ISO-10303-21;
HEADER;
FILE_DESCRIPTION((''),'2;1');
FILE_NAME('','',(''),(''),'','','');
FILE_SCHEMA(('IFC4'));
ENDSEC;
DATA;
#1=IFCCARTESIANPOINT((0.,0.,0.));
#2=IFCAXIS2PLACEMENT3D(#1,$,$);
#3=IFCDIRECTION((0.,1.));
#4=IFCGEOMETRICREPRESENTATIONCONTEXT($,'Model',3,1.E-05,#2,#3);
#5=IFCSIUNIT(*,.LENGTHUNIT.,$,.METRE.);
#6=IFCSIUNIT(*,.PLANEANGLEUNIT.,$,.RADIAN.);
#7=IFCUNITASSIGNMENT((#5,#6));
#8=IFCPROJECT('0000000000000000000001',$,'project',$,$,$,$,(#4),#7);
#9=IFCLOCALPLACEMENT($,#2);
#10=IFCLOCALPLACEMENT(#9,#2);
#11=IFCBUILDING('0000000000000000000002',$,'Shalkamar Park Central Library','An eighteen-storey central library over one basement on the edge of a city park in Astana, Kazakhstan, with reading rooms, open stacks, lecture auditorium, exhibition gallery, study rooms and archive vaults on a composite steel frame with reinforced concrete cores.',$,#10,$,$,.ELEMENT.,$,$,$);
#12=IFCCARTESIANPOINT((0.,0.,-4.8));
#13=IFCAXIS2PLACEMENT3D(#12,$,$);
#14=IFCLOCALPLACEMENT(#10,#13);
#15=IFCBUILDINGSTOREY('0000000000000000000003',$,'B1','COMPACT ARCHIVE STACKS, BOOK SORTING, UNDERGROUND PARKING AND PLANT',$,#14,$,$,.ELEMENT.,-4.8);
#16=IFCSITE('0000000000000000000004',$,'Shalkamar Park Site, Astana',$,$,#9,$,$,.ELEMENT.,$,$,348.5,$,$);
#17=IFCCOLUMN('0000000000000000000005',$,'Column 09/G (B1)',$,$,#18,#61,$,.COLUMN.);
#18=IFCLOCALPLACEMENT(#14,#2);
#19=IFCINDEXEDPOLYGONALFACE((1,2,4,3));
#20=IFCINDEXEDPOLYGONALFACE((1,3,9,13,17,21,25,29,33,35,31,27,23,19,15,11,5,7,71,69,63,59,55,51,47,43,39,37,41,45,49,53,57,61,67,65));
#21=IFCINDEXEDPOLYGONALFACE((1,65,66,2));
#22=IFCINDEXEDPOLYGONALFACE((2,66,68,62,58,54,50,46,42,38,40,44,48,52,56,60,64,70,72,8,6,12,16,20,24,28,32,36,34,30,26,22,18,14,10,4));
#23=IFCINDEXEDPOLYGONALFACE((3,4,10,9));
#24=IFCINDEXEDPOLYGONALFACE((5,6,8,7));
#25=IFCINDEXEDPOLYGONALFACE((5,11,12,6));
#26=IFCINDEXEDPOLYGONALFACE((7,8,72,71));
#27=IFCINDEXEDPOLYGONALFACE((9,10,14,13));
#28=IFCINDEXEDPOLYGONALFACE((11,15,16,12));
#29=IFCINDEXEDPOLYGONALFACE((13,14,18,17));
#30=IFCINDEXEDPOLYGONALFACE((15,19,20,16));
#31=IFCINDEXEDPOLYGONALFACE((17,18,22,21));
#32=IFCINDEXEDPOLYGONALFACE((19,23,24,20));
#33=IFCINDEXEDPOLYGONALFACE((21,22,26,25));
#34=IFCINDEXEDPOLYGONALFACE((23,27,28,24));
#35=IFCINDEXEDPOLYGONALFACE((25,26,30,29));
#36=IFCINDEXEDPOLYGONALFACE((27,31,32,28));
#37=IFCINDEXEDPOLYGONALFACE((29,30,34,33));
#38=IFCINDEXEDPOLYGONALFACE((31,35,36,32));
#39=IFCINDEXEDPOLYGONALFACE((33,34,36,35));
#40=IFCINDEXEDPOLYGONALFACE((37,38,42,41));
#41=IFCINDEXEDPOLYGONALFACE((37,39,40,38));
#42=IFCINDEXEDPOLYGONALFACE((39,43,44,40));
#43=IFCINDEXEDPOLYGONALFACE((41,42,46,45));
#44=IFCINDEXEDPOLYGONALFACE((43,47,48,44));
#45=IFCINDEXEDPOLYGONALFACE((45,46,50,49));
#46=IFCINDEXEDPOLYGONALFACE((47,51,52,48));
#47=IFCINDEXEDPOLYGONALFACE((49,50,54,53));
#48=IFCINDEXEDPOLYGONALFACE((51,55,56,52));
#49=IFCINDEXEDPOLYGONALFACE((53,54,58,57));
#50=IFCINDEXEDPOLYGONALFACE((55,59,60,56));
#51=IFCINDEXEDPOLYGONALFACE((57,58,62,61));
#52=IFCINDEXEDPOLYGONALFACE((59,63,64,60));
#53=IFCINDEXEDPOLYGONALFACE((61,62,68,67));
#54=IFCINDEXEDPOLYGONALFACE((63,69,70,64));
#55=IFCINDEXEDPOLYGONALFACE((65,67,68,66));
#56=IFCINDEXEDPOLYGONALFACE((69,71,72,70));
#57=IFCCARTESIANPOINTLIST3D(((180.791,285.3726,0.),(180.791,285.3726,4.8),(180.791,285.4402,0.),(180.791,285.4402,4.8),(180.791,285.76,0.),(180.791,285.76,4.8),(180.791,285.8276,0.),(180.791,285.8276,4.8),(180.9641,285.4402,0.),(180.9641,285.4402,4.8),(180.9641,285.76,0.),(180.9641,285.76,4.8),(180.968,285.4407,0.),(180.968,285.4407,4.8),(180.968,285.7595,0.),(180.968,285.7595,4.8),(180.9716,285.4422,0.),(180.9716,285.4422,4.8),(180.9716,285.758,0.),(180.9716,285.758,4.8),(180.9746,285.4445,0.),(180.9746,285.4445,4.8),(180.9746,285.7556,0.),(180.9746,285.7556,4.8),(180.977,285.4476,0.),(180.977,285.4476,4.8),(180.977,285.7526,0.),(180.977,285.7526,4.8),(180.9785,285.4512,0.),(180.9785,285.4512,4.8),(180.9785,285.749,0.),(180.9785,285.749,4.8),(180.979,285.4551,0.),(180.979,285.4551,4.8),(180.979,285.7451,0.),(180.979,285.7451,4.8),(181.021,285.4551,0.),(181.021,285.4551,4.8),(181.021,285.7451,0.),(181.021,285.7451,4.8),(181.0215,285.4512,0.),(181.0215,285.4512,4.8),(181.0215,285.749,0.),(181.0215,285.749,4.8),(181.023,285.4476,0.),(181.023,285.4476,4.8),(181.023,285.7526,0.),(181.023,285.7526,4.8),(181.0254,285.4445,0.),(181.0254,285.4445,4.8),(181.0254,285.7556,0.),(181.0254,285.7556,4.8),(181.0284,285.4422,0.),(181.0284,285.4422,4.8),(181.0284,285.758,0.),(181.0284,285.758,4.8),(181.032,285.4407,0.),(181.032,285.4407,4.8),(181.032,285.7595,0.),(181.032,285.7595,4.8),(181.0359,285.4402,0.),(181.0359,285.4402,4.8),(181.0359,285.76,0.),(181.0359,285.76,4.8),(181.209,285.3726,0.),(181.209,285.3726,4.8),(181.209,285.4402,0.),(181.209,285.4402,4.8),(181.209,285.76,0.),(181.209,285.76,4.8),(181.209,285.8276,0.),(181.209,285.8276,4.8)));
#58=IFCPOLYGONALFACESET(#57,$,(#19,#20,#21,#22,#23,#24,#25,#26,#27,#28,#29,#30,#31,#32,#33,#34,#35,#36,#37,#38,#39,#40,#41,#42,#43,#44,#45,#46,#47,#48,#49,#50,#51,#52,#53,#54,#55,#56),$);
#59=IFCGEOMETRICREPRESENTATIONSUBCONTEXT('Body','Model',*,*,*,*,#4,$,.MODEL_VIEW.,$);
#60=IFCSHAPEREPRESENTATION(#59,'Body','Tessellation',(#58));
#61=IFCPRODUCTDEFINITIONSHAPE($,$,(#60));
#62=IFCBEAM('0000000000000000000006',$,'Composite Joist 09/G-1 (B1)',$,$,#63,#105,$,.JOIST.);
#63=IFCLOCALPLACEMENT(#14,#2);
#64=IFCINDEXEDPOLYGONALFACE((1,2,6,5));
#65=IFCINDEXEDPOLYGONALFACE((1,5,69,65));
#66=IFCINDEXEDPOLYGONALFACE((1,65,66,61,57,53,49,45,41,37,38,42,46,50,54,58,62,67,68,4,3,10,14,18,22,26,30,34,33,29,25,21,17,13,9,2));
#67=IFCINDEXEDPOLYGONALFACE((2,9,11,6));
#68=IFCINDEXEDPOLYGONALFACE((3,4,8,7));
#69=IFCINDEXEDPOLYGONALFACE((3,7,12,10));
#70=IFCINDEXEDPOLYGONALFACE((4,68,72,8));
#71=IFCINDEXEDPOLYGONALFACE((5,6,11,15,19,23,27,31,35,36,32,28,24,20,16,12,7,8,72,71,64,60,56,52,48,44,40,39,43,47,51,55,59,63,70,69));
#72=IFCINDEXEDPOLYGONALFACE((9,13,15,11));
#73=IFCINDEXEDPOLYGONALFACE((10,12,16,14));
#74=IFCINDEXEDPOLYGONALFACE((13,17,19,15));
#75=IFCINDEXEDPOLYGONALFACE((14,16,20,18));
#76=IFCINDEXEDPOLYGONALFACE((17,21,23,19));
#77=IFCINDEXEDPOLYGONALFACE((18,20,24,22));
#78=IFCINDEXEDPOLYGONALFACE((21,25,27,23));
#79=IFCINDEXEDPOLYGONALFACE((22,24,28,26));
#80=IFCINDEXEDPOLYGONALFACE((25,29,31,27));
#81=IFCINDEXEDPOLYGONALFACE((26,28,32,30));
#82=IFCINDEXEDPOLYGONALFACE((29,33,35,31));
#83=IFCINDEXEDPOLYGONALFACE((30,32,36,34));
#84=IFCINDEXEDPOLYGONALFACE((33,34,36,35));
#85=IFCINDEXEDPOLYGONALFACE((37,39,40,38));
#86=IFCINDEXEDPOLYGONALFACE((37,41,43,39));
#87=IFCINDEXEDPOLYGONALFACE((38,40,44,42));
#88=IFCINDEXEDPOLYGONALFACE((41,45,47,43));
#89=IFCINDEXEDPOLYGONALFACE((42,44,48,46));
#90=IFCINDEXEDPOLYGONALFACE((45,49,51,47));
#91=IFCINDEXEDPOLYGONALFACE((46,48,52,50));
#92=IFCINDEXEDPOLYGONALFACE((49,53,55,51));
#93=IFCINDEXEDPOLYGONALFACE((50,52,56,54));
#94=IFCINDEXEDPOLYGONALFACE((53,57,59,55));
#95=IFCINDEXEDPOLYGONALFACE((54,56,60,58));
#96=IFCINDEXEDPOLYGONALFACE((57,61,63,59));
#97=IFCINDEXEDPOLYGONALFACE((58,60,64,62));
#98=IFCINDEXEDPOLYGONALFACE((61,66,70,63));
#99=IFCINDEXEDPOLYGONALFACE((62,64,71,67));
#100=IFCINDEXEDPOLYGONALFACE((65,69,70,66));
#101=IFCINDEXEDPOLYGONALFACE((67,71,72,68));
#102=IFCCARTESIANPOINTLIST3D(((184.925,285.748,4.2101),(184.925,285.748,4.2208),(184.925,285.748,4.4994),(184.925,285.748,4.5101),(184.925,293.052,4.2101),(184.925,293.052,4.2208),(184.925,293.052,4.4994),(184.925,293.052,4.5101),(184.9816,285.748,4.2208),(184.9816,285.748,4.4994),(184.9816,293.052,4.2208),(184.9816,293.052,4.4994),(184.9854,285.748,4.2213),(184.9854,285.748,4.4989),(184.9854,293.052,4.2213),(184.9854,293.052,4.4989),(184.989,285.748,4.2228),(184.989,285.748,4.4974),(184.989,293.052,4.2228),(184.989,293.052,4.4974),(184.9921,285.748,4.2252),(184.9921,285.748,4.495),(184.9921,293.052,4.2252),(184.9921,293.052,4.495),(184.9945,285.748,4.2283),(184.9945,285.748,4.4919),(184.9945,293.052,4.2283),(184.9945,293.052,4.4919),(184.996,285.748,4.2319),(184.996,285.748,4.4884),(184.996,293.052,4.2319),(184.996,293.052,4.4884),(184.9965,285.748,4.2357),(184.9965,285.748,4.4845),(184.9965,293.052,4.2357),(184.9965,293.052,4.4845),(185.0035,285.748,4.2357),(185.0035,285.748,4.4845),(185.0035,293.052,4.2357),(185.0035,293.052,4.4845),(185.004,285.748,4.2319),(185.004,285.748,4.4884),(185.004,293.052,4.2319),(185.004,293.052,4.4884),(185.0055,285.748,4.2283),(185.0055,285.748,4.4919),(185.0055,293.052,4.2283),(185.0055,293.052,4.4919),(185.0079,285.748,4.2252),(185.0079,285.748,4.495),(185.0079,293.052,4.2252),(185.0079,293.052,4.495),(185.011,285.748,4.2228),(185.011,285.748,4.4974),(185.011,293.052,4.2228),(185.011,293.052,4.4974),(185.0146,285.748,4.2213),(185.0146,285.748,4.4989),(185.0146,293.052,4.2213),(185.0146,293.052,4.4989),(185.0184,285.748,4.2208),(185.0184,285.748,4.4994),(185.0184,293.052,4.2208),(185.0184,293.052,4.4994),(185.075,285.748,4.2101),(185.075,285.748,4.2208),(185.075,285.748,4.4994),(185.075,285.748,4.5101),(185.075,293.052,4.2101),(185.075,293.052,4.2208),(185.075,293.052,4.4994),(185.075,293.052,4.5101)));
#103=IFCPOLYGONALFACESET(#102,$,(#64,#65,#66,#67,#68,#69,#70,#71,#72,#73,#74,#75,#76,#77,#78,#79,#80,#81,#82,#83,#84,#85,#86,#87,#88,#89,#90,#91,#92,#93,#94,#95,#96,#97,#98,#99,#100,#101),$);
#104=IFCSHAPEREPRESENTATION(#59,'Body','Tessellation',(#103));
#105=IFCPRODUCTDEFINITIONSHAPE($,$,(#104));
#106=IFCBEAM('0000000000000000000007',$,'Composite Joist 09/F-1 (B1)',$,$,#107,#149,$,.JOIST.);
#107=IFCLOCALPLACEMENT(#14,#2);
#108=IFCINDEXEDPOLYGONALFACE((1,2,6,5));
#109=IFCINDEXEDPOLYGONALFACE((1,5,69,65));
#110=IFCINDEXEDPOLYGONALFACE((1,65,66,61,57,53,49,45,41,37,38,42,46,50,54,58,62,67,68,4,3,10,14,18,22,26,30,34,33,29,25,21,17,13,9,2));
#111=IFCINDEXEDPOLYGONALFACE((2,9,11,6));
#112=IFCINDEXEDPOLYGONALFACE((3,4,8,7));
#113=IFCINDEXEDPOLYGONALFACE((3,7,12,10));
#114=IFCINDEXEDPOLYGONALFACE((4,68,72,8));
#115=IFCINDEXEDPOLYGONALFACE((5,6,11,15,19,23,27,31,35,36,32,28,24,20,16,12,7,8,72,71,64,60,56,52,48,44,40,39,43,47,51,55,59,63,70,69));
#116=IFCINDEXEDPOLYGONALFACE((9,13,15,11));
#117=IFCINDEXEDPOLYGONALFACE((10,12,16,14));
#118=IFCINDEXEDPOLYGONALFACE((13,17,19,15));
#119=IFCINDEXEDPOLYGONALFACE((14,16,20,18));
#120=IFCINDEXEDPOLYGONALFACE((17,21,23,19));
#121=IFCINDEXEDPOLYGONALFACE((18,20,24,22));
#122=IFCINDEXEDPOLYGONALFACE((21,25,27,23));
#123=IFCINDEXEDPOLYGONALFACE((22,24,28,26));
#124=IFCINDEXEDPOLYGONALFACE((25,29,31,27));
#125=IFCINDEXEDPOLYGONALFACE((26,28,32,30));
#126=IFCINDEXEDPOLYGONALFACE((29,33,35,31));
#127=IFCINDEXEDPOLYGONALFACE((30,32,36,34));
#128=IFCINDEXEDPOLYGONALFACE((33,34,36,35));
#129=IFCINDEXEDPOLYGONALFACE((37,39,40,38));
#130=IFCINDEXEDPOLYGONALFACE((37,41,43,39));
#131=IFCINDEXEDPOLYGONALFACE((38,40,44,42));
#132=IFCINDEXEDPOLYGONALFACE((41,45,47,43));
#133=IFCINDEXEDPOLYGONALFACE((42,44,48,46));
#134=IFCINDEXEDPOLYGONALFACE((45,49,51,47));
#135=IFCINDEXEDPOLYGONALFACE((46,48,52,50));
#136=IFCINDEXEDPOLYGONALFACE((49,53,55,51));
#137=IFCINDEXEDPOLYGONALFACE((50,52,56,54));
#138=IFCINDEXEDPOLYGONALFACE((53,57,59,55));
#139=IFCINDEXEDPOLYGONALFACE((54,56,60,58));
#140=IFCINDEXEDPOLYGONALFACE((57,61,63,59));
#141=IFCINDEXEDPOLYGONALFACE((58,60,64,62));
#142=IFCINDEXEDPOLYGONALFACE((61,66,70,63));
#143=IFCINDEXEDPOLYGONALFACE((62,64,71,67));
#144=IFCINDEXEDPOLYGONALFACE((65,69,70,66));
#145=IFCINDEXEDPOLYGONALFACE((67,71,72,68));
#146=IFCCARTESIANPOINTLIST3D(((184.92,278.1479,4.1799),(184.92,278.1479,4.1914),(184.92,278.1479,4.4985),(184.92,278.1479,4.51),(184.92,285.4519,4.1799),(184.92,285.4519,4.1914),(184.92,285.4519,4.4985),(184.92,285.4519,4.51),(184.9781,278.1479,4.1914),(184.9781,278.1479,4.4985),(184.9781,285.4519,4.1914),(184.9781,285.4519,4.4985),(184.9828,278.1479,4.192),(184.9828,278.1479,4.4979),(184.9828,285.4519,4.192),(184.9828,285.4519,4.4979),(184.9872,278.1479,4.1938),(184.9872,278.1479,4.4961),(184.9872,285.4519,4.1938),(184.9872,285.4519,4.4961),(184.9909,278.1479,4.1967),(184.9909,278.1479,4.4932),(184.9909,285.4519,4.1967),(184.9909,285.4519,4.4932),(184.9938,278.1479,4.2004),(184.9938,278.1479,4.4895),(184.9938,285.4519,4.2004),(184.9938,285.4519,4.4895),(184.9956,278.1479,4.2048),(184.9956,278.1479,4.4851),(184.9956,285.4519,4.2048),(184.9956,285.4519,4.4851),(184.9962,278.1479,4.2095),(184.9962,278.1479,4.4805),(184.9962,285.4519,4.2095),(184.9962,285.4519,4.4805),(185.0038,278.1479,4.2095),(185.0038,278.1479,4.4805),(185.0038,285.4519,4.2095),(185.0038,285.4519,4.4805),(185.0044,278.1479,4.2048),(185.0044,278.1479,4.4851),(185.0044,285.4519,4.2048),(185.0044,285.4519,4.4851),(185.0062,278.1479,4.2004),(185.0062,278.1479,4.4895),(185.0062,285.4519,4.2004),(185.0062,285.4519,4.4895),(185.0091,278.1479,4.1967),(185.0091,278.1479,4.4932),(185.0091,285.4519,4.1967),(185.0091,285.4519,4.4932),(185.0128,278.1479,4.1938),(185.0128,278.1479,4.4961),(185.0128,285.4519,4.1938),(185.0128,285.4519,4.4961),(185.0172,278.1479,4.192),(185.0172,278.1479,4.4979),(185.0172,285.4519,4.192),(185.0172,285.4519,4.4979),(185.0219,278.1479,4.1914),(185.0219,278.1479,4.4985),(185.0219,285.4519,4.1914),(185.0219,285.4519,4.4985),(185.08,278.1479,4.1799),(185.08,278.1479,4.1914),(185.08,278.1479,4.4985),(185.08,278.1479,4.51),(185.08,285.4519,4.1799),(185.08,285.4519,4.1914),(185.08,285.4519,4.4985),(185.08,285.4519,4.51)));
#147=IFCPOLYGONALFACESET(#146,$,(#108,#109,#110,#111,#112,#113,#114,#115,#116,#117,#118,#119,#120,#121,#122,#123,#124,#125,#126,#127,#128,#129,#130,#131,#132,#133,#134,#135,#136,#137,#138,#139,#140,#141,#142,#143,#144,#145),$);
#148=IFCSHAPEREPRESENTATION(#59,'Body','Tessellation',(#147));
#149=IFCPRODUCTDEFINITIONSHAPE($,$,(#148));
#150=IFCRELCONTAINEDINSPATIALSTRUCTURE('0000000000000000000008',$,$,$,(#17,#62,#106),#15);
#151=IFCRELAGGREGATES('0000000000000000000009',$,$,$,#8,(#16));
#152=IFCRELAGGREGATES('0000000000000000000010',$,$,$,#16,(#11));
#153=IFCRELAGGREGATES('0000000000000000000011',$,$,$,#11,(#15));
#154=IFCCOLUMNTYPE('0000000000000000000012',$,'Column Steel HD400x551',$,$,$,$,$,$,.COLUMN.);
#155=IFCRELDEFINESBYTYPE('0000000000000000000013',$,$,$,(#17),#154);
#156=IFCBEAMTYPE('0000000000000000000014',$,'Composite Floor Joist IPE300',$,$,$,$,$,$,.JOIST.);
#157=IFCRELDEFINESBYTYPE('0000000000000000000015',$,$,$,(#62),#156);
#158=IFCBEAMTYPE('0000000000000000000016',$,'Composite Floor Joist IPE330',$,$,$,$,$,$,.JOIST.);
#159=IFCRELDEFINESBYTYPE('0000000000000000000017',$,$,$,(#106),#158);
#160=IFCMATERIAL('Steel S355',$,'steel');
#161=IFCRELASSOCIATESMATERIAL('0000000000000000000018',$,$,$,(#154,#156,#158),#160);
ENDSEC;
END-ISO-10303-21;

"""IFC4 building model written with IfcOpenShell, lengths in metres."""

from ifc_helpers import new_model, si_unit, direction, frame, origin, origin_2d, place, context, subcontext, project, spatial, i_section, extrude, material, material_profile, profile_set, type_object, element, save


model = new_model("IFC4")

# Units and contexts
model_context = context("Model", 3, precision=1e-05, world=origin(), true_north=direction((0.0, 1.0)))
body_context = subcontext(model_context, "Body", "Model", "MODEL_VIEW")
ifc_project = project(units=[si_unit("LENGTHUNIT", "METRE"), si_unit("PLANEANGLEUNIT", "RADIAN")], contexts=[model_context])

# Site, building, storey
site_placement = place(None, origin())
site = spatial("IfcSite", under=ifc_project, at=site_placement, Name="Shalkamar Park Site, Astana", CompositionType="ELEMENT", RefElevation=348.5)
building_placement = place(site_placement, origin())
building = spatial("IfcBuilding", under=site, at=building_placement, Name="Shalkamar Park Central Library", Description="An eighteen-storey central library over one basement on the edge of a city park in Astana, Kazakhstan, with reading rooms, open stacks, lecture auditorium, exhibition gallery, study rooms and archive vaults on a composite steel frame with reinforced concrete cores.", CompositionType="ELEMENT")
storey_placement = place(building_placement, frame((0.0, 0.0, -4.8)))
storey = spatial("IfcBuildingStorey", under=building, at=storey_placement, Name="B1", Description="COMPACT ARCHIVE STACKS, BOOK SORTING, UNDERGROUND PARKING AND PLANT", CompositionType="ELEMENT", Elevation=-4.8)

# Column
ifc_material_1 = material(Name="Steel S355", Category="steel")
ifc_material_profile_1 = material_profile(ifc_material_1, i_section(OverallWidth=0.418, OverallDepth=0.4551, WebThickness=0.042, FlangeThickness=0.0676, FilletRadius=0.0149, at=origin_2d()), Name="HD 400x551")
ifc_profile_set_1 = profile_set([ifc_material_profile_1], Name="Steel S355")
column_type_1 = type_object("IfcColumnType", Name="Column Steel HD400x551", PredefinedType="COLUMN", material=ifc_profile_set_1)
column_1_placement = place(storey_placement, frame((181.0, 285.6001, 0.0), z_axis=(0.0, 0.0, 1.0), x_axis=(1.0, 0.0, 0.0)))
element("IfcColumn", 1, at=column_1_placement, inside=storey, type_object=column_type_1, Name="Column 09/G (B1)", PredefinedType="COLUMN", context=body_context, shape_type="SweptSolid", body=[
    extrude(i_section(OverallWidth=0.418, OverallDepth=0.4551, WebThickness=0.042, FlangeThickness=0.0676, FilletRadius=0.0149, at=origin_2d()), origin(), (0.0, 0.0, 1.0), 4.8),
])

# Beams
ifc_material_profile_2 = material_profile(ifc_material_1, i_section(OverallWidth=0.1499, OverallDepth=0.3, WebThickness=0.0071, FlangeThickness=0.0107, FilletRadius=0.0149, at=origin_2d()), Name="IPE 300")
ifc_profile_set_2 = profile_set([ifc_material_profile_2], Name="Steel S355")
beam_type_1 = type_object("IfcBeamType", Name="Composite Floor Joist IPE300", PredefinedType="JOIST", material=ifc_profile_set_2)
beam_1_placement = place(storey_placement, frame((185.0, 285.748, 4.3601), z_axis=(0.0, 1.0, 0.0), x_axis=(-1.0, 0.0, 0.0)))
element("IfcBeam", 2, at=beam_1_placement, inside=storey, type_object=beam_type_1, Name="Composite Joist 09/G-1 (B1)", PredefinedType="JOIST", context=body_context, shape_type="SweptSolid", body=[
    extrude(i_section(OverallWidth=0.1499, OverallDepth=0.3, WebThickness=0.0071, FlangeThickness=0.0107, FilletRadius=0.0149, at=origin_2d()), origin(), (0.0, 0.0, 1.0), 7.304),
])
ifc_material_profile_3 = material_profile(ifc_material_1, i_section(OverallWidth=0.1599, OverallDepth=0.3301, WebThickness=0.0076, FlangeThickness=0.0115, FilletRadius=0.0181, at=origin_2d()), Name="IPE 330")
ifc_profile_set_3 = profile_set([ifc_material_profile_3], Name="Steel S355")
beam_type_2 = type_object("IfcBeamType", Name="Composite Floor Joist IPE330", PredefinedType="JOIST", material=ifc_profile_set_3)
beam_2_placement = place(storey_placement, frame((185.0, 278.1479, 4.345), z_axis=(0.0, 1.0, 0.0), x_axis=(-1.0, 0.0, 0.0)))
element("IfcBeam", 3, at=beam_2_placement, inside=storey, type_object=beam_type_2, Name="Composite Joist 09/F-1 (B1)", PredefinedType="JOIST", context=body_context, shape_type="SweptSolid", body=[
    extrude(i_section(OverallWidth=0.1599, OverallDepth=0.3301, WebThickness=0.0076, FlangeThickness=0.0115, FilletRadius=0.0181, at=origin_2d()), origin(), (0.0, 0.0, 1.0), 7.304),
])

save(model, "model.ifc")
